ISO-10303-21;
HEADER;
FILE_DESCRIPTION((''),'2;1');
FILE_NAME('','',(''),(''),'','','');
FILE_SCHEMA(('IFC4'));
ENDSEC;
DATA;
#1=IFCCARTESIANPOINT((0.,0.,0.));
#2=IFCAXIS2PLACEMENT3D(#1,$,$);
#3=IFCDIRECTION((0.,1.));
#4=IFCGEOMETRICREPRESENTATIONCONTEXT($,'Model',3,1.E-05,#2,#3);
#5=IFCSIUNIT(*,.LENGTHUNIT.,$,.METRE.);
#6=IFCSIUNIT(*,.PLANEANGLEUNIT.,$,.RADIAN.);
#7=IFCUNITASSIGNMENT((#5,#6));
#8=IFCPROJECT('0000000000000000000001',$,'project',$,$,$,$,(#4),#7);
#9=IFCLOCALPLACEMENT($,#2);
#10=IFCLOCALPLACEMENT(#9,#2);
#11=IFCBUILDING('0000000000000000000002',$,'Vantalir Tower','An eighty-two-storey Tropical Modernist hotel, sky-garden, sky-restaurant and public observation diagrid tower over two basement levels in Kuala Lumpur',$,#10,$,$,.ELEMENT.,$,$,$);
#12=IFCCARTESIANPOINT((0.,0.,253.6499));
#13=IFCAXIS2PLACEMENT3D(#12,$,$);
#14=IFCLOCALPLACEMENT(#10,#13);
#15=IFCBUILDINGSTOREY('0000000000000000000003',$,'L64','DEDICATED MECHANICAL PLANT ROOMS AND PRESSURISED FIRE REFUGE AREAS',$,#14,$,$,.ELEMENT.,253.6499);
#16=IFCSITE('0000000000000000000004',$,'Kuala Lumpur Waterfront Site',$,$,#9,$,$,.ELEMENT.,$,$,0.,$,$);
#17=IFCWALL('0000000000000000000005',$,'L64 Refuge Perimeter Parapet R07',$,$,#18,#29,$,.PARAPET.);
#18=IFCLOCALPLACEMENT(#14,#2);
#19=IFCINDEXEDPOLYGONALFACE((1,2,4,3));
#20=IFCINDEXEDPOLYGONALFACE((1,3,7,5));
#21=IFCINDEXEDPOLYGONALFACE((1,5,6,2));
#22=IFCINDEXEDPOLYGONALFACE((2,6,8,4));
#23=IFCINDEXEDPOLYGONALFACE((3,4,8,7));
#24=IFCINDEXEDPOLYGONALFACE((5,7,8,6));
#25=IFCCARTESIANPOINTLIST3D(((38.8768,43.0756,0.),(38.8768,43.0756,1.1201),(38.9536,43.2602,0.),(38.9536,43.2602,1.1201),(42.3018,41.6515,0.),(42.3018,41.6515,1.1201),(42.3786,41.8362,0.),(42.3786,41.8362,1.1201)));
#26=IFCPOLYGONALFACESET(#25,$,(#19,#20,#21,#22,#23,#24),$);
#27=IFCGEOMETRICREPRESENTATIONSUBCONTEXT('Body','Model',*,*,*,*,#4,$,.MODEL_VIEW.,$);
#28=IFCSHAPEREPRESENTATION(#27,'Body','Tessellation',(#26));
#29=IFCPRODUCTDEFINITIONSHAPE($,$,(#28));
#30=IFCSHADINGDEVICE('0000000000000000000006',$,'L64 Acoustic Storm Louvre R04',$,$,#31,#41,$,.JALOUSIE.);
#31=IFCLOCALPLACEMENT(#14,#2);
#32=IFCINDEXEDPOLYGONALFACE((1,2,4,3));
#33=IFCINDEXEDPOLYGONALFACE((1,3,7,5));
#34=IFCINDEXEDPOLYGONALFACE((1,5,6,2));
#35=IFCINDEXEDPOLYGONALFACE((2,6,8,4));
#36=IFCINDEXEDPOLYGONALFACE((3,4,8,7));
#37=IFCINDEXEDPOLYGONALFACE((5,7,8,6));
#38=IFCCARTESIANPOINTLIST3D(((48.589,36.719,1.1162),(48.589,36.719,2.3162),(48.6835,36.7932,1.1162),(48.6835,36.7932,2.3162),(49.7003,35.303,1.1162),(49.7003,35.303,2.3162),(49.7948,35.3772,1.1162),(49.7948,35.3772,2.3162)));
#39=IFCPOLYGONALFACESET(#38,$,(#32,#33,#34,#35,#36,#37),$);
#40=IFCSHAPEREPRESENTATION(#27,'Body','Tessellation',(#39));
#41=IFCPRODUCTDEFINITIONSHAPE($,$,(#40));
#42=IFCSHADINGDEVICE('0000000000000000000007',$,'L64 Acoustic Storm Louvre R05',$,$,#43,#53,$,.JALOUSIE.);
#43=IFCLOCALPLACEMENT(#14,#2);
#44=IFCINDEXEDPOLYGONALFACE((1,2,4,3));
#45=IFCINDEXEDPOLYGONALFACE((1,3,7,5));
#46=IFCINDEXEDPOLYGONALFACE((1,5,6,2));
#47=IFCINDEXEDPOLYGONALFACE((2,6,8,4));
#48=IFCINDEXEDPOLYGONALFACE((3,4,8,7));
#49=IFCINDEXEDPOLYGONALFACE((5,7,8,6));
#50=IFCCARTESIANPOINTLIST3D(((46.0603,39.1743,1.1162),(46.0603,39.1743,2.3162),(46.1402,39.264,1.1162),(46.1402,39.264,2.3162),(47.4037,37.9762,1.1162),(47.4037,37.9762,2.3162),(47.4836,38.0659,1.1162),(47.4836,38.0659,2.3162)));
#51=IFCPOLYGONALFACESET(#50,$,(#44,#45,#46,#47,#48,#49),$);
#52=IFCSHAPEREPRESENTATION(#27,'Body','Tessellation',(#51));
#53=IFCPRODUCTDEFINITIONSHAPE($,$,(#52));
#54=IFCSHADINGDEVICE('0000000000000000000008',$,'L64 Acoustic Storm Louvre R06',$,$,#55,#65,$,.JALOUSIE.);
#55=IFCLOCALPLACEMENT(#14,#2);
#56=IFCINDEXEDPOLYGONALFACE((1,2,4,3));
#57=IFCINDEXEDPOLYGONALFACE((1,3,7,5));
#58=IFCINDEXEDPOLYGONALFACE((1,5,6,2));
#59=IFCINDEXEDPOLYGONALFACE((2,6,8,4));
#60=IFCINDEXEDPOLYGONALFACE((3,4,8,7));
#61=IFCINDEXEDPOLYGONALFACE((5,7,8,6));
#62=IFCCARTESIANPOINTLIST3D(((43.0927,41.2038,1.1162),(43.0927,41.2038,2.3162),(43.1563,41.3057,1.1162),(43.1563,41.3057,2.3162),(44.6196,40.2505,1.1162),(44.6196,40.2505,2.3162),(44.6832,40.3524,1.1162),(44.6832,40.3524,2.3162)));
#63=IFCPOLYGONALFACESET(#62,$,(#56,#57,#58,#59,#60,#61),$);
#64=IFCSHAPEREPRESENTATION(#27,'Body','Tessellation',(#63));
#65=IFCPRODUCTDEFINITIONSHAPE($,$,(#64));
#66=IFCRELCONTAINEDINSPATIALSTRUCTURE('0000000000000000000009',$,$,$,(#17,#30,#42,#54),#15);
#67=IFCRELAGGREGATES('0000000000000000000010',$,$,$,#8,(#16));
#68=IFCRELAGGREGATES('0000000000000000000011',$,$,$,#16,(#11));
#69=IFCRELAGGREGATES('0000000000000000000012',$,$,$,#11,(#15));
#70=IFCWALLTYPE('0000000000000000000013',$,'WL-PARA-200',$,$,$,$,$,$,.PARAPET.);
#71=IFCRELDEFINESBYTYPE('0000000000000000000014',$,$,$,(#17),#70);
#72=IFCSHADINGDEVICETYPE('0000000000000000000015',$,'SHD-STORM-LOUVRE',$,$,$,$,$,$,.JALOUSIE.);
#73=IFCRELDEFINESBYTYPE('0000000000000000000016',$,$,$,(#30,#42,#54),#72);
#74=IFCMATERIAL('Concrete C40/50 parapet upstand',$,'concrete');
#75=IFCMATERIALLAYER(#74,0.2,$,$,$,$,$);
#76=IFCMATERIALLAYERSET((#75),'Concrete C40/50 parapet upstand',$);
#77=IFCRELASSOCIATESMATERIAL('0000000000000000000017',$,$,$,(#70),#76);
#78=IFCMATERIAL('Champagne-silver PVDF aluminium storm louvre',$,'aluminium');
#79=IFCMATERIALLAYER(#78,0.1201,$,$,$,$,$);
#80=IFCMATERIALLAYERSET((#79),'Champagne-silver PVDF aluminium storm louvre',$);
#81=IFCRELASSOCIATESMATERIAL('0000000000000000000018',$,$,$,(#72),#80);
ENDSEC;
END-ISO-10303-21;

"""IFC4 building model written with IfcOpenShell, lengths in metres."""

from ifc_helpers import new_model, si_unit, direction, frame, frame_2d, origin, origin_2d, place, context, subcontext, project, spatial, rectangle, extrude, material, layer, layer_set, type_object, element, save


model = new_model("IFC4")

# Units and contexts
model_context = context("Model", 3, precision=1e-05, world=origin(), true_north=direction((0.0, 1.0)))
body_context = subcontext(model_context, "Body", "Model", "MODEL_VIEW")
ifc_project = project(units=[si_unit("LENGTHUNIT", "METRE"), si_unit("PLANEANGLEUNIT", "RADIAN")], contexts=[model_context])

# Site, building, storey
site_placement = place(None, origin())
site = spatial("IfcSite", under=ifc_project, at=site_placement, Name="Kuala Lumpur Waterfront Site", CompositionType="ELEMENT", RefElevation=0.0)
building_placement = place(site_placement, origin())
building = spatial("IfcBuilding", under=site, at=building_placement, Name="Vantalir Tower", Description="An eighty-two-storey Tropical Modernist hotel, sky-garden, sky-restaurant and public observation diagrid tower over two basement levels in Kuala Lumpur", CompositionType="ELEMENT")
storey_placement = place(building_placement, frame((0.0, 0.0, 253.6499)))
storey = spatial("IfcBuildingStorey", under=building, at=storey_placement, Name="L64", Description="DEDICATED MECHANICAL PLANT ROOMS AND PRESSURISED FIRE REFUGE AREAS", CompositionType="ELEMENT", Elevation=253.6499)

# Wall
ifc_material_1 = material(Name="Concrete C40/50 parapet upstand", Category="concrete")
ifc_layer_1 = layer(ifc_material_1, 0.2)
ifc_layer_set_1 = layer_set([ifc_layer_1], Name="Concrete C40/50 parapet upstand")
wall_type_1 = type_object("IfcWallType", Name="WL-PARA-200", PredefinedType="PARAPET", material=ifc_layer_set_1)
wall_1_placement = place(storey_placement, frame((42.3401, 41.7439, 0.0), z_axis=(0.0, 0.0, 1.0), x_axis=(-0.923367, 0.383919, 0.0)))
element("IfcWall", 1, at=wall_1_placement, inside=storey, type_object=wall_type_1, Name="L64 Refuge Perimeter Parapet R07", PredefinedType="PARAPET", context=body_context, shape_type="SweptSolid", body=[
    extrude(rectangle(XDim=3.7092, YDim=0.2, at=frame_2d((1.8545, 0.0))), origin(), (0.0, 0.0, 1.0), 1.1201),
])

# Shading devices
ifc_material_2 = material(Name="Champagne-silver PVDF aluminium storm louvre", Category="aluminium")
ifc_layer_2 = layer(ifc_material_2, 0.1201)
ifc_layer_set_2 = layer_set([ifc_layer_2], Name="Champagne-silver PVDF aluminium storm louvre")
shading_device_type = type_object("IfcShadingDeviceType", Name="SHD-STORM-LOUVRE", PredefinedType="JALOUSIE", material=ifc_layer_set_2)
for number, where, z_axis, x_axis, name in (
    (2, (49.1919, 36.0481, 1.1162), (0.0, 0.0, 1.0), (-0.617407, 0.786644, 0.0), "L64 Acoustic Storm Louvre R04"),
    (3, (46.772, 38.6201, 1.1162), (0.0, 0.0, 1.0), (-0.746313, 0.665595, 0.0), "L64 Acoustic Storm Louvre R05"),
    (4, (43.8879, 40.7781, 1.1162), (0.0, 0.0, 1.0), (-0.848242, 0.529608, 0.0), "L64 Acoustic Storm Louvre R06"),
):
    element("IfcShadingDevice", number, at=place(storey_placement, frame(where, z_axis=z_axis, x_axis=x_axis)), inside=storey, type_object=shading_device_type, Name=name, PredefinedType="JALOUSIE", context=body_context, shape_type="SweptSolid", body=[
        extrude(rectangle(XDim=1.8, YDim=0.1201, at=origin_2d()), origin(), (0.0, 0.0, 1.0), 1.2),
    ])

save(model, "model.ifc")
